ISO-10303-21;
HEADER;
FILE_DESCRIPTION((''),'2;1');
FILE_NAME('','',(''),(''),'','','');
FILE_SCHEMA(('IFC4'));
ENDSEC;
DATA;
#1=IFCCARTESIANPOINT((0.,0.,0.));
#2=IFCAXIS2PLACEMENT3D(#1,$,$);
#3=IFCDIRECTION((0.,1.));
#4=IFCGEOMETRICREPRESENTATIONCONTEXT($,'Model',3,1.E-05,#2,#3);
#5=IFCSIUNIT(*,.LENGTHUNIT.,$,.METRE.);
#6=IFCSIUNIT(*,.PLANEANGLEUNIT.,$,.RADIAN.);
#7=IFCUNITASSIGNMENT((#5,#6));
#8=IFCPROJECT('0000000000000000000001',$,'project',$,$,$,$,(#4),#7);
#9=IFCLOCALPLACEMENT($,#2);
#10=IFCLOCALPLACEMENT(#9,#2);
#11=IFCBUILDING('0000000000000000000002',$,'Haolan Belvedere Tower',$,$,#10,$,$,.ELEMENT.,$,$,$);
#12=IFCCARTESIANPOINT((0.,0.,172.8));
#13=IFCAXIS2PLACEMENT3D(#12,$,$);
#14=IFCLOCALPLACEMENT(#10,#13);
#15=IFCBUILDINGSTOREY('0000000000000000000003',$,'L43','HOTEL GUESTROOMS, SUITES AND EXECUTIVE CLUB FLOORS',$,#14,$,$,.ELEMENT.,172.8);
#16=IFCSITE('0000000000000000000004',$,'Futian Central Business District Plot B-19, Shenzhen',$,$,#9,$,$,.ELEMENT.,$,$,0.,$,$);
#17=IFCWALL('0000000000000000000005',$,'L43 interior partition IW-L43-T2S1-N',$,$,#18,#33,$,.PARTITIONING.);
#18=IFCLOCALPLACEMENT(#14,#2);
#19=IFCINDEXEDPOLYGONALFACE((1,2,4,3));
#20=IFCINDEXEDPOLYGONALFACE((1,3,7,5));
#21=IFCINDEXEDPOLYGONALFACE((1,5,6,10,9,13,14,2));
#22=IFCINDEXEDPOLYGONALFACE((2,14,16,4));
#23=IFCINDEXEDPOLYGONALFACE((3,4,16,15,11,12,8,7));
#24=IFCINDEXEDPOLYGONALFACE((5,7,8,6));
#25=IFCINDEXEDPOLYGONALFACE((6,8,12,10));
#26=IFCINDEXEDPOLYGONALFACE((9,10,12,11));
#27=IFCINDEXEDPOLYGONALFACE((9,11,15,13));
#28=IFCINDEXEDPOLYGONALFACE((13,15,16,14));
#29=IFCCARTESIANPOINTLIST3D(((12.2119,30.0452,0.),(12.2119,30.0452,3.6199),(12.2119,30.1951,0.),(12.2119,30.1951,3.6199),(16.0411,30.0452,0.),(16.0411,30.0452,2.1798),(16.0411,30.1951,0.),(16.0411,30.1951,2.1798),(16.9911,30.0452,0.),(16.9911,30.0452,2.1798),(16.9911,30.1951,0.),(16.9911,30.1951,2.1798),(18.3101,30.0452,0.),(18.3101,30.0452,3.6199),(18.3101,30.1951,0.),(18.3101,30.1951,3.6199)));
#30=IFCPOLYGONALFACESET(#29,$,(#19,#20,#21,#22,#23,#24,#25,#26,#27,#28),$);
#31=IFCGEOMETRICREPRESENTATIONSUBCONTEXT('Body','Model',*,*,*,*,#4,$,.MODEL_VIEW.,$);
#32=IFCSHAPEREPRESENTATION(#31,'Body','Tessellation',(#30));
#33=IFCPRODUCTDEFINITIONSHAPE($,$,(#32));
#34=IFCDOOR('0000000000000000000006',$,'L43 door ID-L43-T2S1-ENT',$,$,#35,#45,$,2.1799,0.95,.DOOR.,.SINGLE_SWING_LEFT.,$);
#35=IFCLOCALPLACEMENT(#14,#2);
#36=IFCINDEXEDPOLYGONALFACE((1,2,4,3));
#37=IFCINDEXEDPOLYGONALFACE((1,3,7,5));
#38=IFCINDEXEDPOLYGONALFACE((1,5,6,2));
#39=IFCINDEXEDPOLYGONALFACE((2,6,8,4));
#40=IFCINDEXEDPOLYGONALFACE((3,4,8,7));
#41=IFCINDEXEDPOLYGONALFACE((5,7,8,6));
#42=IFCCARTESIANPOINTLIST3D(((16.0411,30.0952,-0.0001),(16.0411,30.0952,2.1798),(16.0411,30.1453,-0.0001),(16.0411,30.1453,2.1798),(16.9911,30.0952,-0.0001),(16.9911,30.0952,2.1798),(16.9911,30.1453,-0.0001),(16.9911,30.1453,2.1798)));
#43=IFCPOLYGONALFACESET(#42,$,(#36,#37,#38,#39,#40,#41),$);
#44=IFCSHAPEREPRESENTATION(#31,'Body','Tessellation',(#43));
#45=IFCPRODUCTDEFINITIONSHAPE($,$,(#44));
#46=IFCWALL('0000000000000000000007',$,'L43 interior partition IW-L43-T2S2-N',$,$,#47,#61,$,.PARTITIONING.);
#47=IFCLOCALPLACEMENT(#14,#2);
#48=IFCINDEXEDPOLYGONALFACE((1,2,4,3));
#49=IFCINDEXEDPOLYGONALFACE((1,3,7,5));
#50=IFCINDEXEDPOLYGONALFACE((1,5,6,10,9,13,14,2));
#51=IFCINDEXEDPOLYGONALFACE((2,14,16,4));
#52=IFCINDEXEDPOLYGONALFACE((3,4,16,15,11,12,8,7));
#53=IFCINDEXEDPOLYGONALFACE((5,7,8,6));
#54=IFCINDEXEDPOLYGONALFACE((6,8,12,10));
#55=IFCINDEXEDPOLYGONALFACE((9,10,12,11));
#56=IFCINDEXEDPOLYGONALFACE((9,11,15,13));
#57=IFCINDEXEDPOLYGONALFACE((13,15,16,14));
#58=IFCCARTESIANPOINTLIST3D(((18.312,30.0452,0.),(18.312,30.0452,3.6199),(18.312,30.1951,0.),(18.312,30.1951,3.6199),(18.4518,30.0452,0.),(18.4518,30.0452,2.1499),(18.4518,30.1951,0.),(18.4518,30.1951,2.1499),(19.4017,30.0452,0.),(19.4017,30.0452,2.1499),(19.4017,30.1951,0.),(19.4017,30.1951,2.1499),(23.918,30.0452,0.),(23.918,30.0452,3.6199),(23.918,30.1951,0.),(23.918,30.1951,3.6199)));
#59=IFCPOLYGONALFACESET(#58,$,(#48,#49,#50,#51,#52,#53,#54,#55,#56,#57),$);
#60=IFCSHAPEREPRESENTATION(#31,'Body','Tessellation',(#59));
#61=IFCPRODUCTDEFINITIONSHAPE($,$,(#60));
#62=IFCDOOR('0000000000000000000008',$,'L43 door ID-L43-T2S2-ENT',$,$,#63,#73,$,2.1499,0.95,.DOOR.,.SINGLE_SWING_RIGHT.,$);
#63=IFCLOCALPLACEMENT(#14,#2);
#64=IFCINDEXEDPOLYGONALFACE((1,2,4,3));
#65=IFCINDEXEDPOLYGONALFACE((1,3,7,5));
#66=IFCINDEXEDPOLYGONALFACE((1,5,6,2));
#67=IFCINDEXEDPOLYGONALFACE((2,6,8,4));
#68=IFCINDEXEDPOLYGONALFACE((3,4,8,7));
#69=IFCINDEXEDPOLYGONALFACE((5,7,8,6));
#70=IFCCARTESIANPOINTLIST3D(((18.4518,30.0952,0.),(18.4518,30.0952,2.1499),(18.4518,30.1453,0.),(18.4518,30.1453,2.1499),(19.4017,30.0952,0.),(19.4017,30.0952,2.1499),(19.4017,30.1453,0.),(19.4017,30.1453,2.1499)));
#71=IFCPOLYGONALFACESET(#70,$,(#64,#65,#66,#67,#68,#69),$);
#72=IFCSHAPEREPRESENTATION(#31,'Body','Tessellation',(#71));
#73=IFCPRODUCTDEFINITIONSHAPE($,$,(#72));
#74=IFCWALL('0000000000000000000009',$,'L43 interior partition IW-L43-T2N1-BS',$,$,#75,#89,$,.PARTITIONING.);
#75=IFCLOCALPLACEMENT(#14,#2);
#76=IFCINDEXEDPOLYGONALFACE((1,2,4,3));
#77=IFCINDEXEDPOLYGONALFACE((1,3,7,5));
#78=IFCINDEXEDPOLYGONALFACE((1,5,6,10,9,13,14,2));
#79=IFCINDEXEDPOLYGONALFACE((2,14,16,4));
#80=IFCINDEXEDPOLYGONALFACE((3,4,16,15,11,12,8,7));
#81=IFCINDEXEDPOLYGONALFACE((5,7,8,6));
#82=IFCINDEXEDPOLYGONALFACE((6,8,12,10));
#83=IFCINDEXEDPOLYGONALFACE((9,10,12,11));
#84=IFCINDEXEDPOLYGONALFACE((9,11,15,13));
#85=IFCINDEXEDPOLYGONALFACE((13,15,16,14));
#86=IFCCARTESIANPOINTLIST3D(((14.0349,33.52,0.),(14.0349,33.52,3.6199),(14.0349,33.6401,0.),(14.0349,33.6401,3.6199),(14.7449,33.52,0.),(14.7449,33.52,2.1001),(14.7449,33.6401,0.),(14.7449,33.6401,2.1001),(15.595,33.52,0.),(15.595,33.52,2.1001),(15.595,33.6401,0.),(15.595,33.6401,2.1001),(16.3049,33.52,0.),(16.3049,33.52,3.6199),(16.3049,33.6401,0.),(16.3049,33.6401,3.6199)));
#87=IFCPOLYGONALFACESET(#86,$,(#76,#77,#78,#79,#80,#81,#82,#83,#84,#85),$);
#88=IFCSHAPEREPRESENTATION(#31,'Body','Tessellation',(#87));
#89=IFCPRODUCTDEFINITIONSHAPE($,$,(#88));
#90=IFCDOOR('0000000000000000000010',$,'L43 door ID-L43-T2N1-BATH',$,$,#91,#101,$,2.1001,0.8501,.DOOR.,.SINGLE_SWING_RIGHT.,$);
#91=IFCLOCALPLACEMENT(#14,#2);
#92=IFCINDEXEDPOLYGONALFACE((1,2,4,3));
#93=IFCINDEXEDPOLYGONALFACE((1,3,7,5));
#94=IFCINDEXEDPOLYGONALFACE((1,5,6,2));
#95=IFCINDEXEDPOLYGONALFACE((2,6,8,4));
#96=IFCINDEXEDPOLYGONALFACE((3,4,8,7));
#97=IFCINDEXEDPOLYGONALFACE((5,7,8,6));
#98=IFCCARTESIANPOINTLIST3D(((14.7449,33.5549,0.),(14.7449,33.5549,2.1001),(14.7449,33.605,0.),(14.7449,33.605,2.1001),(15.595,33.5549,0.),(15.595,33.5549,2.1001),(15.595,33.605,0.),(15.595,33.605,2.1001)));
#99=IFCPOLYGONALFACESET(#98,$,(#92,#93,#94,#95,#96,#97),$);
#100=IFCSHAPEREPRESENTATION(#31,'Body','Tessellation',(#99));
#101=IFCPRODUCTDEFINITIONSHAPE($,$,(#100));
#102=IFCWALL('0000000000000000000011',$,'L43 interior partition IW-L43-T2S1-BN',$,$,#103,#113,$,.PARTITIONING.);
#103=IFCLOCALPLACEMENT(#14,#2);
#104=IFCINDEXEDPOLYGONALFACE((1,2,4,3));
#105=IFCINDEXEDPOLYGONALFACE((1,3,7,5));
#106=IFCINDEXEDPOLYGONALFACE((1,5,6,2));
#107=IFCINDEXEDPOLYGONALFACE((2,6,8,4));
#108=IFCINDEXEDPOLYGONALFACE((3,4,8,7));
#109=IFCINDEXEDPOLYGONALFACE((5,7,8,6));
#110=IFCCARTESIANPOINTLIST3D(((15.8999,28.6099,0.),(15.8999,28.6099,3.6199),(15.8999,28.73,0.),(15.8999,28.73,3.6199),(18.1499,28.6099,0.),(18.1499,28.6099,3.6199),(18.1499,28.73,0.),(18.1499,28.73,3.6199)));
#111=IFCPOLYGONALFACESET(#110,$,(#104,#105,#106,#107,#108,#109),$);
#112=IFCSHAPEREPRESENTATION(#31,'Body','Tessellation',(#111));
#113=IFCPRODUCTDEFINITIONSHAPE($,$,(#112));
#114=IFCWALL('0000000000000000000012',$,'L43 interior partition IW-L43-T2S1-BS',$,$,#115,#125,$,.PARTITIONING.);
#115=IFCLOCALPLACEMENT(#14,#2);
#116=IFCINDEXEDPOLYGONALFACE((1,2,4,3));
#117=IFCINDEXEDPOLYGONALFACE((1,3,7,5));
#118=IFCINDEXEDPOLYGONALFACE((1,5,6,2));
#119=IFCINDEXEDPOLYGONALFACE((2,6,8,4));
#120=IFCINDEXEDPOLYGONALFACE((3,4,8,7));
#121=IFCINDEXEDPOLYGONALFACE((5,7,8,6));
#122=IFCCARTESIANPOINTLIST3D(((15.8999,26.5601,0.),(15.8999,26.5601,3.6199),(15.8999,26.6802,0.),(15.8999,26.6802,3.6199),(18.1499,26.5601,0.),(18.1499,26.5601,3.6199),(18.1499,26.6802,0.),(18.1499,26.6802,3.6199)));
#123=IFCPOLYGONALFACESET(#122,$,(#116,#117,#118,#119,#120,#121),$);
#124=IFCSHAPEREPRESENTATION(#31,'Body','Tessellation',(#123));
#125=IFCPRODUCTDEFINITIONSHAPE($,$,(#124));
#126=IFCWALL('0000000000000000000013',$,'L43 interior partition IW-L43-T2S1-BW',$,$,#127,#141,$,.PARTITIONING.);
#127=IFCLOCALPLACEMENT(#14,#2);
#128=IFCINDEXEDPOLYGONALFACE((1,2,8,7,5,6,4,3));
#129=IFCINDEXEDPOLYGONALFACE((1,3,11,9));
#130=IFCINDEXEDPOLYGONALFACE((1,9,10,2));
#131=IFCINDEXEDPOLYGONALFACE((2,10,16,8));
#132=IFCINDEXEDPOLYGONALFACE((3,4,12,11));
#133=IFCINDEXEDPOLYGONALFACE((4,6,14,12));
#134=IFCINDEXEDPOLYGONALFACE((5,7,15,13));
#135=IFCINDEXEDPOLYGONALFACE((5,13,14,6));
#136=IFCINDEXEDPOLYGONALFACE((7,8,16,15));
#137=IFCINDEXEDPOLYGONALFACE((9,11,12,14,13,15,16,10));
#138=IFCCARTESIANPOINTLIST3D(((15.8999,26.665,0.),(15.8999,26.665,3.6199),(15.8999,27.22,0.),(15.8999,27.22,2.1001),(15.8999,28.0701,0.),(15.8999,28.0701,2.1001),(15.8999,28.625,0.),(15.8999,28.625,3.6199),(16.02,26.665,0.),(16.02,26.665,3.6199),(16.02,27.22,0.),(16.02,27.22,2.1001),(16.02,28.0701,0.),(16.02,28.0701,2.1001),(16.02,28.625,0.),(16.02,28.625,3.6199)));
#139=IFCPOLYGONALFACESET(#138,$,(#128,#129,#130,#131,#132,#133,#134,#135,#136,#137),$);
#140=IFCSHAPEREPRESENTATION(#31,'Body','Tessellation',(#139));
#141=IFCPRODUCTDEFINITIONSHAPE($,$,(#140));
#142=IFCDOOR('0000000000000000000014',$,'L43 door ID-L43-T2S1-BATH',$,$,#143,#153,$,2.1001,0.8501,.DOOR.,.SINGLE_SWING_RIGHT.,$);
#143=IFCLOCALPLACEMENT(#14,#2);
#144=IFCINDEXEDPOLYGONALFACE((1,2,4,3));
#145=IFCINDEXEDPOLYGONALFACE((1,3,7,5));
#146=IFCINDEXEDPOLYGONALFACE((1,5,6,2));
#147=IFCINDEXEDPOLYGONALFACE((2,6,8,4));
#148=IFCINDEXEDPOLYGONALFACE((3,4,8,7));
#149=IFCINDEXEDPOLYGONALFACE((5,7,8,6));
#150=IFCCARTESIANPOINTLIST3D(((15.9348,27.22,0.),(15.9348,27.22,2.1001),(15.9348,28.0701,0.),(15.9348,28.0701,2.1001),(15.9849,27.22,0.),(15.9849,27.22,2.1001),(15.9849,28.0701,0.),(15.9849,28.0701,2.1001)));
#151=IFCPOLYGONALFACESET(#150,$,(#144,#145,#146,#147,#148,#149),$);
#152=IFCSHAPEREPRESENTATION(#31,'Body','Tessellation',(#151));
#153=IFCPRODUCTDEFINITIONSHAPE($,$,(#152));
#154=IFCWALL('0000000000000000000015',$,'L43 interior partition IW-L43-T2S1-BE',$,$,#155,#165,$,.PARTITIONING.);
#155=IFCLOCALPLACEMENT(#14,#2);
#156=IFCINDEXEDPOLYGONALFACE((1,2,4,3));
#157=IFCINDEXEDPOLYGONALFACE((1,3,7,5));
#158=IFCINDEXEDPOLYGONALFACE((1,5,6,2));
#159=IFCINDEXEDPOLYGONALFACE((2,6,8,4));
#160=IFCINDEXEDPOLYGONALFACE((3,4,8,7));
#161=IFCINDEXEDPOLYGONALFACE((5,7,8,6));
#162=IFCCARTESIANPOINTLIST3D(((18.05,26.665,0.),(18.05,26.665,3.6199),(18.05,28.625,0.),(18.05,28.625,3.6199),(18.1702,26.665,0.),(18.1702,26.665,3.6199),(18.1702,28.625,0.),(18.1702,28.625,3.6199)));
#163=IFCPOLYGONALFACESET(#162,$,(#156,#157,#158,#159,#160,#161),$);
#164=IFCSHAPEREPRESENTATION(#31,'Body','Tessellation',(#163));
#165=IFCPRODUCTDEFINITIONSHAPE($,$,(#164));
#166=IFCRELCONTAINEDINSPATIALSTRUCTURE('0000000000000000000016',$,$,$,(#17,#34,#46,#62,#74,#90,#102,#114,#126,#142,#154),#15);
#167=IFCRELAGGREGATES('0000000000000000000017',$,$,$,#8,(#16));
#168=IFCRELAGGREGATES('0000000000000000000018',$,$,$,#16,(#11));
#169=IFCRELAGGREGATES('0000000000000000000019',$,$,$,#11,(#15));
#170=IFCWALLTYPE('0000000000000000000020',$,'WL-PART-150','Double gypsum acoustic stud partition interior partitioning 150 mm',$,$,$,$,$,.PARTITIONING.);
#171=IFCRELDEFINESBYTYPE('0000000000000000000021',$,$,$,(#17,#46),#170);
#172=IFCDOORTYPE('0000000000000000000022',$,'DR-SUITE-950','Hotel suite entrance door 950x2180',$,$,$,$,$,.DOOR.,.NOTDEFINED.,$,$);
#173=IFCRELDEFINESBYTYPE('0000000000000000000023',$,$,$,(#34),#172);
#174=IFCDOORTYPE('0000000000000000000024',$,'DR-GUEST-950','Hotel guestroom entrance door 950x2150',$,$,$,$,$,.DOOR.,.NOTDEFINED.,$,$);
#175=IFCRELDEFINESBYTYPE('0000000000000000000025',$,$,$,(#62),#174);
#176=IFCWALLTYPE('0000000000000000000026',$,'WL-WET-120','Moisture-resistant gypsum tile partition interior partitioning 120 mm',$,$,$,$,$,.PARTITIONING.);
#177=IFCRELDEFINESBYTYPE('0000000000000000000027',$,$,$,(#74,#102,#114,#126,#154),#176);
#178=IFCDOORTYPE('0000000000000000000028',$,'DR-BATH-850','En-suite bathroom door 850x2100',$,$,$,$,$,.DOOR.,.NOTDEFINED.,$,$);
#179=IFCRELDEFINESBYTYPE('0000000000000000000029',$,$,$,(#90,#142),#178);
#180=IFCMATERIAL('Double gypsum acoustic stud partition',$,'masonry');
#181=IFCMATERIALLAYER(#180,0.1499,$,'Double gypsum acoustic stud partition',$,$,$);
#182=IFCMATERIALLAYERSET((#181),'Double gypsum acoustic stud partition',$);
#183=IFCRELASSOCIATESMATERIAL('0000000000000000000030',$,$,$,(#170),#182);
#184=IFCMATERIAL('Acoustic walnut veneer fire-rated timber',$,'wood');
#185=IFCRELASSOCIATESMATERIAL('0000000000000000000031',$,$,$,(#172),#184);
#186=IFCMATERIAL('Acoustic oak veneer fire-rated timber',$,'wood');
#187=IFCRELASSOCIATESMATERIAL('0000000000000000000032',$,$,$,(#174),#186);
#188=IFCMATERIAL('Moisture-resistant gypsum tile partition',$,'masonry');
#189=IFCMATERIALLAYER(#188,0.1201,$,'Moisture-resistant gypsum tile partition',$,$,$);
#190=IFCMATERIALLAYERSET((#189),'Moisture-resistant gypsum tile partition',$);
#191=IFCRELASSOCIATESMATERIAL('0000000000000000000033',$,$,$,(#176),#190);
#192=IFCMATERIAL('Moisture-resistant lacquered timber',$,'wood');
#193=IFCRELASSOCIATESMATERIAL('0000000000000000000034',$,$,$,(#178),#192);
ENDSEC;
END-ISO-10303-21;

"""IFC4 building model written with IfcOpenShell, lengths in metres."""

from ifc_helpers import new_model, si_unit, direction, frame, frame_2d, origin, place, context, subcontext, project, spatial, rectangle, extrude, material, layer, layer_set, type_object, element, fill, save


model = new_model("IFC4")

# Units and contexts
model_context = context("Model", 3, precision=1e-05, world=origin(), true_north=direction((0.0, 1.0)))
body_context = subcontext(model_context, "Body", "Model", "MODEL_VIEW")
ifc_project = project(units=[si_unit("LENGTHUNIT", "METRE"), si_unit("PLANEANGLEUNIT", "RADIAN")], contexts=[model_context])

# Site, building, storey
site_placement = place(None, origin())
site = spatial("IfcSite", under=ifc_project, at=site_placement, Name="Futian Central Business District Plot B-19, Shenzhen", CompositionType="ELEMENT", RefElevation=0.0)
building_placement = place(site_placement, origin())
building = spatial("IfcBuilding", under=site, at=building_placement, Name="Haolan Belvedere Tower", CompositionType="ELEMENT")
storey_placement = place(building_placement, frame((0.0, 0.0, 172.8)))
storey = spatial("IfcBuildingStorey", under=building, at=storey_placement, Name="L43", Description="HOTEL GUESTROOMS, SUITES AND EXECUTIVE CLUB FLOORS", CompositionType="ELEMENT", Elevation=172.8)

# Shared definitions
ifc_material_1 = material(Name="Double gypsum acoustic stud partition", Category="masonry")
ifc_layer_1 = layer(ifc_material_1, 0.1499, Name="Double gypsum acoustic stud partition")
ifc_layer_set_1 = layer_set([ifc_layer_1], Name="Double gypsum acoustic stud partition")
wall_type_1 = type_object("IfcWallType", Name="WL-PART-150", Description="Double gypsum acoustic stud partition interior partitioning 150 mm", PredefinedType="PARTITIONING", material=ifc_layer_set_1)

# Shared definitions
ifc_material_2 = material(Name="Acoustic walnut veneer fire-rated timber", Category="wood")
door_type_1 = type_object("IfcDoorType", Name="DR-SUITE-950", Description="Hotel suite entrance door 950x2180", OperationType="NOTDEFINED", PredefinedType="DOOR", material=ifc_material_2)

# Walls, openings, doors
wall_1_placement = place(storey_placement, frame((12.2119, 30.1201, 0.0), z_axis=(0.0, 0.0, 1.0), x_axis=(1.0, 0.0, 0.0)))
wall_1 = element("IfcWall", 1, at=wall_1_placement, inside=storey, type_object=wall_type_1, Name="L43 interior partition IW-L43-T2S1-N", PredefinedType="PARTITIONING", context=body_context, shape_type="SweptSolid", body=[
    extrude(rectangle(XDim=6.0981, YDim=0.1499, at=frame_2d((3.0491, 0.0))), origin(), (0.0, 0.0, 1.0), 3.6199),
])
opening_1_placement = place(wall_1_placement, frame((4.7793, 0.0, 0.0), z_axis=(0.0, 0.0, 1.0), x_axis=(-1.0, 0.0, 0.0)))
opening_1 = element("IfcOpeningElement", 2, at=opening_1_placement, cuts=wall_1, PredefinedType="OPENING", context=body_context, shape_type="SweptSolid", body=[
    extrude(rectangle(XDim=0.95, YDim=2.1799, at=frame_2d((0.4751, 1.0898))), frame((0.0, 0.085, 0.0), z_axis=(0.0, -1.0, 0.0), x_axis=(1.0, 0.0, 0.0)), (0.0, 0.0, 1.0), 0.1699),
])
door_1_placement = place(opening_1_placement, origin())
door_1 = element("IfcDoor", 3, at=door_1_placement, inside=storey, type_object=door_type_1, Name="L43 door ID-L43-T2S1-ENT", OperationType="SINGLE_SWING_LEFT", OverallHeight=2.1799, OverallWidth=0.95, PredefinedType="DOOR", context=body_context, shape_type="SweptSolid", body=[
    extrude(rectangle(XDim=0.95, YDim=2.1799, at=frame_2d((0.4751, 1.0898))), frame((0.0, 0.0249, 0.0), z_axis=(0.0, -1.0, 0.0), x_axis=(1.0, 0.0, 0.0)), (0.0, 0.0, 1.0), 0.05),
])
fill(opening_1, door_1)
wall_2_placement = place(storey_placement, frame((18.312, 30.1201, 0.0), z_axis=(0.0, 0.0, 1.0), x_axis=(1.0, 0.0, 0.0)))
wall_2 = element("IfcWall", 4, at=wall_2_placement, inside=storey, type_object=wall_type_1, Name="L43 interior partition IW-L43-T2S2-N", PredefinedType="PARTITIONING", context=body_context, shape_type="SweptSolid", body=[
    extrude(rectangle(XDim=5.606, YDim=0.1499, at=frame_2d((2.803, 0.0))), origin(), (0.0, 0.0, 1.0), 3.6199),
])
opening_2_placement = place(wall_2_placement, frame((1.0898, 0.0, 0.0), z_axis=(0.0, 0.0, 1.0), x_axis=(-1.0, 0.0, 0.0)))
opening_2 = element("IfcOpeningElement", 5, at=opening_2_placement, cuts=wall_2, PredefinedType="OPENING", context=body_context, shape_type="SweptSolid", body=[
    extrude(rectangle(XDim=0.95, YDim=2.1499, at=frame_2d((0.4751, 1.075))), frame((0.0, 0.085, 0.0), z_axis=(0.0, -1.0, 0.0), x_axis=(1.0, 0.0, 0.0)), (0.0, 0.0, 1.0), 0.1699),
])
ifc_material_3 = material(Name="Acoustic oak veneer fire-rated timber", Category="wood")
door_type_2 = type_object("IfcDoorType", Name="DR-GUEST-950", Description="Hotel guestroom entrance door 950x2150", OperationType="NOTDEFINED", PredefinedType="DOOR", material=ifc_material_3)
door_2_placement = place(opening_2_placement, origin())
door_2 = element("IfcDoor", 6, at=door_2_placement, inside=storey, type_object=door_type_2, Name="L43 door ID-L43-T2S2-ENT", OperationType="SINGLE_SWING_RIGHT", OverallHeight=2.1499, OverallWidth=0.95, PredefinedType="DOOR", context=body_context, shape_type="SweptSolid", body=[
    extrude(rectangle(XDim=0.95, YDim=2.1499, at=frame_2d((0.4751, 1.075))), frame((0.0, 0.0249, 0.0), z_axis=(0.0, -1.0, 0.0), x_axis=(1.0, 0.0, 0.0)), (0.0, 0.0, 1.0), 0.05),
])
fill(opening_2, door_2)
ifc_material_4 = material(Name="Moisture-resistant gypsum tile partition", Category="masonry")
ifc_layer_2 = layer(ifc_material_4, 0.1201, Name="Moisture-resistant gypsum tile partition")
ifc_layer_set_2 = layer_set([ifc_layer_2], Name="Moisture-resistant gypsum tile partition")
wall_type_2 = type_object("IfcWallType", Name="WL-WET-120", Description="Moisture-resistant gypsum tile partition interior partitioning 120 mm", PredefinedType="PARTITIONING", material=ifc_layer_set_2)
wall_3_placement = place(storey_placement, frame((14.0349, 33.5801, 0.0), z_axis=(0.0, 0.0, 1.0), x_axis=(1.0, 0.0, 0.0)))
wall_3 = element("IfcWall", 7, at=wall_3_placement, inside=storey, type_object=wall_type_2, Name="L43 interior partition IW-L43-T2N1-BS", PredefinedType="PARTITIONING", context=body_context, shape_type="SweptSolid", body=[
    extrude(rectangle(XDim=2.27, YDim=0.1201, at=frame_2d((1.135, 0.0))), origin(), (0.0, 0.0, 1.0), 3.6199),
])
opening_3_placement = place(wall_3_placement, frame((0.71, 0.0, 0.0)))
opening_3 = element("IfcOpeningElement", 8, at=opening_3_placement, cuts=wall_3, PredefinedType="OPENING", context=body_context, shape_type="SweptSolid", body=[
    extrude(rectangle(XDim=0.8501, YDim=2.1001, at=frame_2d((0.425, 1.05))), frame((0.0, 0.0701, 0.0), z_axis=(0.0, -1.0, 0.0), x_axis=(1.0, 0.0, 0.0)), (0.0, 0.0, 1.0), 0.1401),
])
ifc_material_5 = material(Name="Moisture-resistant lacquered timber", Category="wood")
door_type_3 = type_object("IfcDoorType", Name="DR-BATH-850", Description="En-suite bathroom door 850x2100", OperationType="NOTDEFINED", PredefinedType="DOOR", material=ifc_material_5)
door_3_placement = place(opening_3_placement, origin())
door_3 = element("IfcDoor", 9, at=door_3_placement, inside=storey, type_object=door_type_3, Name="L43 door ID-L43-T2N1-BATH", OperationType="SINGLE_SWING_RIGHT", OverallHeight=2.1001, OverallWidth=0.8501, PredefinedType="DOOR", context=body_context, shape_type="SweptSolid", body=[
    extrude(rectangle(XDim=0.8501, YDim=2.1001, at=frame_2d((0.425, 1.05))), frame((0.0, 0.0249, 0.0), z_axis=(0.0, -1.0, 0.0), x_axis=(1.0, 0.0, 0.0)), (0.0, 0.0, 1.0), 0.05),
])
fill(opening_3, door_3)

# Walls
for number, where, z_axis, x_axis, name in (
    (10, (15.8999, 28.6699, 0.0), (0.0, 0.0, 1.0), (1.0, 0.0, 0.0), "L43 interior partition IW-L43-T2S1-BN"),
    (11, (15.8999, 26.6201, 0.0), (0.0, 0.0, 1.0), (1.0, 0.0, 0.0), "L43 interior partition IW-L43-T2S1-BS"),
):
    element("IfcWall", number, at=place(storey_placement, frame(where, z_axis=z_axis, x_axis=x_axis)), inside=storey, type_object=wall_type_2, Name=name, PredefinedType="PARTITIONING", context=body_context, shape_type="SweptSolid", body=[
        extrude(rectangle(XDim=2.25, YDim=0.1201, at=frame_2d((1.125, 0.0))), origin(), (0.0, 0.0, 1.0), 3.6199),
    ])

# Wall, opening, door
wall_4_placement = place(storey_placement, frame((15.96, 26.665, 0.0), z_axis=(0.0, 0.0, 1.0), x_axis=(0.0, 1.0, 0.0)))
wall_4 = element("IfcWall", 12, at=wall_4_placement, inside=storey, type_object=wall_type_2, Name="L43 interior partition IW-L43-T2S1-BW", PredefinedType="PARTITIONING", context=body_context, shape_type="SweptSolid", body=[
    extrude(rectangle(XDim=1.96, YDim=0.1201, at=frame_2d((0.98, 0.0))), origin(), (0.0, 0.0, 1.0), 3.6199),
])
opening_4_placement = place(wall_4_placement, frame((1.405, 0.0, 0.0), z_axis=(0.0, 0.0, 1.0), x_axis=(-1.0, 0.0, 0.0)))
opening_4 = element("IfcOpeningElement", 13, at=opening_4_placement, cuts=wall_4, PredefinedType="OPENING", context=body_context, shape_type="SweptSolid", body=[
    extrude(rectangle(XDim=0.8501, YDim=2.1001, at=frame_2d((0.425, 1.05))), frame((0.0, 0.0701, 0.0), z_axis=(0.0, -1.0, 0.0), x_axis=(1.0, 0.0, 0.0)), (0.0, 0.0, 1.0), 0.1401),
])
door_4_placement = place(opening_4_placement, origin())
door_4 = element("IfcDoor", 14, at=door_4_placement, inside=storey, type_object=door_type_3, Name="L43 door ID-L43-T2S1-BATH", OperationType="SINGLE_SWING_RIGHT", OverallHeight=2.1001, OverallWidth=0.8501, PredefinedType="DOOR", context=body_context, shape_type="SweptSolid", body=[
    extrude(rectangle(XDim=0.8501, YDim=2.1001, at=frame_2d((0.425, 1.05))), frame((0.0, 0.0249, 0.0), z_axis=(0.0, -1.0, 0.0), x_axis=(1.0, 0.0, 0.0)), (0.0, 0.0, 1.0), 0.05),
])
fill(opening_4, door_4)

# Wall
wall_5_placement = place(storey_placement, frame((18.1101, 26.665, 0.0), z_axis=(0.0, 0.0, 1.0), x_axis=(0.0, 1.0, 0.0)))
element("IfcWall", 15, at=wall_5_placement, inside=storey, type_object=wall_type_2, Name="L43 interior partition IW-L43-T2S1-BE", PredefinedType="PARTITIONING", context=body_context, shape_type="SweptSolid", body=[
    extrude(rectangle(XDim=1.96, YDim=0.1201, at=frame_2d((0.98, 0.0))), origin(), (0.0, 0.0, 1.0), 3.6199),
])

save(model, "model.ifc")
